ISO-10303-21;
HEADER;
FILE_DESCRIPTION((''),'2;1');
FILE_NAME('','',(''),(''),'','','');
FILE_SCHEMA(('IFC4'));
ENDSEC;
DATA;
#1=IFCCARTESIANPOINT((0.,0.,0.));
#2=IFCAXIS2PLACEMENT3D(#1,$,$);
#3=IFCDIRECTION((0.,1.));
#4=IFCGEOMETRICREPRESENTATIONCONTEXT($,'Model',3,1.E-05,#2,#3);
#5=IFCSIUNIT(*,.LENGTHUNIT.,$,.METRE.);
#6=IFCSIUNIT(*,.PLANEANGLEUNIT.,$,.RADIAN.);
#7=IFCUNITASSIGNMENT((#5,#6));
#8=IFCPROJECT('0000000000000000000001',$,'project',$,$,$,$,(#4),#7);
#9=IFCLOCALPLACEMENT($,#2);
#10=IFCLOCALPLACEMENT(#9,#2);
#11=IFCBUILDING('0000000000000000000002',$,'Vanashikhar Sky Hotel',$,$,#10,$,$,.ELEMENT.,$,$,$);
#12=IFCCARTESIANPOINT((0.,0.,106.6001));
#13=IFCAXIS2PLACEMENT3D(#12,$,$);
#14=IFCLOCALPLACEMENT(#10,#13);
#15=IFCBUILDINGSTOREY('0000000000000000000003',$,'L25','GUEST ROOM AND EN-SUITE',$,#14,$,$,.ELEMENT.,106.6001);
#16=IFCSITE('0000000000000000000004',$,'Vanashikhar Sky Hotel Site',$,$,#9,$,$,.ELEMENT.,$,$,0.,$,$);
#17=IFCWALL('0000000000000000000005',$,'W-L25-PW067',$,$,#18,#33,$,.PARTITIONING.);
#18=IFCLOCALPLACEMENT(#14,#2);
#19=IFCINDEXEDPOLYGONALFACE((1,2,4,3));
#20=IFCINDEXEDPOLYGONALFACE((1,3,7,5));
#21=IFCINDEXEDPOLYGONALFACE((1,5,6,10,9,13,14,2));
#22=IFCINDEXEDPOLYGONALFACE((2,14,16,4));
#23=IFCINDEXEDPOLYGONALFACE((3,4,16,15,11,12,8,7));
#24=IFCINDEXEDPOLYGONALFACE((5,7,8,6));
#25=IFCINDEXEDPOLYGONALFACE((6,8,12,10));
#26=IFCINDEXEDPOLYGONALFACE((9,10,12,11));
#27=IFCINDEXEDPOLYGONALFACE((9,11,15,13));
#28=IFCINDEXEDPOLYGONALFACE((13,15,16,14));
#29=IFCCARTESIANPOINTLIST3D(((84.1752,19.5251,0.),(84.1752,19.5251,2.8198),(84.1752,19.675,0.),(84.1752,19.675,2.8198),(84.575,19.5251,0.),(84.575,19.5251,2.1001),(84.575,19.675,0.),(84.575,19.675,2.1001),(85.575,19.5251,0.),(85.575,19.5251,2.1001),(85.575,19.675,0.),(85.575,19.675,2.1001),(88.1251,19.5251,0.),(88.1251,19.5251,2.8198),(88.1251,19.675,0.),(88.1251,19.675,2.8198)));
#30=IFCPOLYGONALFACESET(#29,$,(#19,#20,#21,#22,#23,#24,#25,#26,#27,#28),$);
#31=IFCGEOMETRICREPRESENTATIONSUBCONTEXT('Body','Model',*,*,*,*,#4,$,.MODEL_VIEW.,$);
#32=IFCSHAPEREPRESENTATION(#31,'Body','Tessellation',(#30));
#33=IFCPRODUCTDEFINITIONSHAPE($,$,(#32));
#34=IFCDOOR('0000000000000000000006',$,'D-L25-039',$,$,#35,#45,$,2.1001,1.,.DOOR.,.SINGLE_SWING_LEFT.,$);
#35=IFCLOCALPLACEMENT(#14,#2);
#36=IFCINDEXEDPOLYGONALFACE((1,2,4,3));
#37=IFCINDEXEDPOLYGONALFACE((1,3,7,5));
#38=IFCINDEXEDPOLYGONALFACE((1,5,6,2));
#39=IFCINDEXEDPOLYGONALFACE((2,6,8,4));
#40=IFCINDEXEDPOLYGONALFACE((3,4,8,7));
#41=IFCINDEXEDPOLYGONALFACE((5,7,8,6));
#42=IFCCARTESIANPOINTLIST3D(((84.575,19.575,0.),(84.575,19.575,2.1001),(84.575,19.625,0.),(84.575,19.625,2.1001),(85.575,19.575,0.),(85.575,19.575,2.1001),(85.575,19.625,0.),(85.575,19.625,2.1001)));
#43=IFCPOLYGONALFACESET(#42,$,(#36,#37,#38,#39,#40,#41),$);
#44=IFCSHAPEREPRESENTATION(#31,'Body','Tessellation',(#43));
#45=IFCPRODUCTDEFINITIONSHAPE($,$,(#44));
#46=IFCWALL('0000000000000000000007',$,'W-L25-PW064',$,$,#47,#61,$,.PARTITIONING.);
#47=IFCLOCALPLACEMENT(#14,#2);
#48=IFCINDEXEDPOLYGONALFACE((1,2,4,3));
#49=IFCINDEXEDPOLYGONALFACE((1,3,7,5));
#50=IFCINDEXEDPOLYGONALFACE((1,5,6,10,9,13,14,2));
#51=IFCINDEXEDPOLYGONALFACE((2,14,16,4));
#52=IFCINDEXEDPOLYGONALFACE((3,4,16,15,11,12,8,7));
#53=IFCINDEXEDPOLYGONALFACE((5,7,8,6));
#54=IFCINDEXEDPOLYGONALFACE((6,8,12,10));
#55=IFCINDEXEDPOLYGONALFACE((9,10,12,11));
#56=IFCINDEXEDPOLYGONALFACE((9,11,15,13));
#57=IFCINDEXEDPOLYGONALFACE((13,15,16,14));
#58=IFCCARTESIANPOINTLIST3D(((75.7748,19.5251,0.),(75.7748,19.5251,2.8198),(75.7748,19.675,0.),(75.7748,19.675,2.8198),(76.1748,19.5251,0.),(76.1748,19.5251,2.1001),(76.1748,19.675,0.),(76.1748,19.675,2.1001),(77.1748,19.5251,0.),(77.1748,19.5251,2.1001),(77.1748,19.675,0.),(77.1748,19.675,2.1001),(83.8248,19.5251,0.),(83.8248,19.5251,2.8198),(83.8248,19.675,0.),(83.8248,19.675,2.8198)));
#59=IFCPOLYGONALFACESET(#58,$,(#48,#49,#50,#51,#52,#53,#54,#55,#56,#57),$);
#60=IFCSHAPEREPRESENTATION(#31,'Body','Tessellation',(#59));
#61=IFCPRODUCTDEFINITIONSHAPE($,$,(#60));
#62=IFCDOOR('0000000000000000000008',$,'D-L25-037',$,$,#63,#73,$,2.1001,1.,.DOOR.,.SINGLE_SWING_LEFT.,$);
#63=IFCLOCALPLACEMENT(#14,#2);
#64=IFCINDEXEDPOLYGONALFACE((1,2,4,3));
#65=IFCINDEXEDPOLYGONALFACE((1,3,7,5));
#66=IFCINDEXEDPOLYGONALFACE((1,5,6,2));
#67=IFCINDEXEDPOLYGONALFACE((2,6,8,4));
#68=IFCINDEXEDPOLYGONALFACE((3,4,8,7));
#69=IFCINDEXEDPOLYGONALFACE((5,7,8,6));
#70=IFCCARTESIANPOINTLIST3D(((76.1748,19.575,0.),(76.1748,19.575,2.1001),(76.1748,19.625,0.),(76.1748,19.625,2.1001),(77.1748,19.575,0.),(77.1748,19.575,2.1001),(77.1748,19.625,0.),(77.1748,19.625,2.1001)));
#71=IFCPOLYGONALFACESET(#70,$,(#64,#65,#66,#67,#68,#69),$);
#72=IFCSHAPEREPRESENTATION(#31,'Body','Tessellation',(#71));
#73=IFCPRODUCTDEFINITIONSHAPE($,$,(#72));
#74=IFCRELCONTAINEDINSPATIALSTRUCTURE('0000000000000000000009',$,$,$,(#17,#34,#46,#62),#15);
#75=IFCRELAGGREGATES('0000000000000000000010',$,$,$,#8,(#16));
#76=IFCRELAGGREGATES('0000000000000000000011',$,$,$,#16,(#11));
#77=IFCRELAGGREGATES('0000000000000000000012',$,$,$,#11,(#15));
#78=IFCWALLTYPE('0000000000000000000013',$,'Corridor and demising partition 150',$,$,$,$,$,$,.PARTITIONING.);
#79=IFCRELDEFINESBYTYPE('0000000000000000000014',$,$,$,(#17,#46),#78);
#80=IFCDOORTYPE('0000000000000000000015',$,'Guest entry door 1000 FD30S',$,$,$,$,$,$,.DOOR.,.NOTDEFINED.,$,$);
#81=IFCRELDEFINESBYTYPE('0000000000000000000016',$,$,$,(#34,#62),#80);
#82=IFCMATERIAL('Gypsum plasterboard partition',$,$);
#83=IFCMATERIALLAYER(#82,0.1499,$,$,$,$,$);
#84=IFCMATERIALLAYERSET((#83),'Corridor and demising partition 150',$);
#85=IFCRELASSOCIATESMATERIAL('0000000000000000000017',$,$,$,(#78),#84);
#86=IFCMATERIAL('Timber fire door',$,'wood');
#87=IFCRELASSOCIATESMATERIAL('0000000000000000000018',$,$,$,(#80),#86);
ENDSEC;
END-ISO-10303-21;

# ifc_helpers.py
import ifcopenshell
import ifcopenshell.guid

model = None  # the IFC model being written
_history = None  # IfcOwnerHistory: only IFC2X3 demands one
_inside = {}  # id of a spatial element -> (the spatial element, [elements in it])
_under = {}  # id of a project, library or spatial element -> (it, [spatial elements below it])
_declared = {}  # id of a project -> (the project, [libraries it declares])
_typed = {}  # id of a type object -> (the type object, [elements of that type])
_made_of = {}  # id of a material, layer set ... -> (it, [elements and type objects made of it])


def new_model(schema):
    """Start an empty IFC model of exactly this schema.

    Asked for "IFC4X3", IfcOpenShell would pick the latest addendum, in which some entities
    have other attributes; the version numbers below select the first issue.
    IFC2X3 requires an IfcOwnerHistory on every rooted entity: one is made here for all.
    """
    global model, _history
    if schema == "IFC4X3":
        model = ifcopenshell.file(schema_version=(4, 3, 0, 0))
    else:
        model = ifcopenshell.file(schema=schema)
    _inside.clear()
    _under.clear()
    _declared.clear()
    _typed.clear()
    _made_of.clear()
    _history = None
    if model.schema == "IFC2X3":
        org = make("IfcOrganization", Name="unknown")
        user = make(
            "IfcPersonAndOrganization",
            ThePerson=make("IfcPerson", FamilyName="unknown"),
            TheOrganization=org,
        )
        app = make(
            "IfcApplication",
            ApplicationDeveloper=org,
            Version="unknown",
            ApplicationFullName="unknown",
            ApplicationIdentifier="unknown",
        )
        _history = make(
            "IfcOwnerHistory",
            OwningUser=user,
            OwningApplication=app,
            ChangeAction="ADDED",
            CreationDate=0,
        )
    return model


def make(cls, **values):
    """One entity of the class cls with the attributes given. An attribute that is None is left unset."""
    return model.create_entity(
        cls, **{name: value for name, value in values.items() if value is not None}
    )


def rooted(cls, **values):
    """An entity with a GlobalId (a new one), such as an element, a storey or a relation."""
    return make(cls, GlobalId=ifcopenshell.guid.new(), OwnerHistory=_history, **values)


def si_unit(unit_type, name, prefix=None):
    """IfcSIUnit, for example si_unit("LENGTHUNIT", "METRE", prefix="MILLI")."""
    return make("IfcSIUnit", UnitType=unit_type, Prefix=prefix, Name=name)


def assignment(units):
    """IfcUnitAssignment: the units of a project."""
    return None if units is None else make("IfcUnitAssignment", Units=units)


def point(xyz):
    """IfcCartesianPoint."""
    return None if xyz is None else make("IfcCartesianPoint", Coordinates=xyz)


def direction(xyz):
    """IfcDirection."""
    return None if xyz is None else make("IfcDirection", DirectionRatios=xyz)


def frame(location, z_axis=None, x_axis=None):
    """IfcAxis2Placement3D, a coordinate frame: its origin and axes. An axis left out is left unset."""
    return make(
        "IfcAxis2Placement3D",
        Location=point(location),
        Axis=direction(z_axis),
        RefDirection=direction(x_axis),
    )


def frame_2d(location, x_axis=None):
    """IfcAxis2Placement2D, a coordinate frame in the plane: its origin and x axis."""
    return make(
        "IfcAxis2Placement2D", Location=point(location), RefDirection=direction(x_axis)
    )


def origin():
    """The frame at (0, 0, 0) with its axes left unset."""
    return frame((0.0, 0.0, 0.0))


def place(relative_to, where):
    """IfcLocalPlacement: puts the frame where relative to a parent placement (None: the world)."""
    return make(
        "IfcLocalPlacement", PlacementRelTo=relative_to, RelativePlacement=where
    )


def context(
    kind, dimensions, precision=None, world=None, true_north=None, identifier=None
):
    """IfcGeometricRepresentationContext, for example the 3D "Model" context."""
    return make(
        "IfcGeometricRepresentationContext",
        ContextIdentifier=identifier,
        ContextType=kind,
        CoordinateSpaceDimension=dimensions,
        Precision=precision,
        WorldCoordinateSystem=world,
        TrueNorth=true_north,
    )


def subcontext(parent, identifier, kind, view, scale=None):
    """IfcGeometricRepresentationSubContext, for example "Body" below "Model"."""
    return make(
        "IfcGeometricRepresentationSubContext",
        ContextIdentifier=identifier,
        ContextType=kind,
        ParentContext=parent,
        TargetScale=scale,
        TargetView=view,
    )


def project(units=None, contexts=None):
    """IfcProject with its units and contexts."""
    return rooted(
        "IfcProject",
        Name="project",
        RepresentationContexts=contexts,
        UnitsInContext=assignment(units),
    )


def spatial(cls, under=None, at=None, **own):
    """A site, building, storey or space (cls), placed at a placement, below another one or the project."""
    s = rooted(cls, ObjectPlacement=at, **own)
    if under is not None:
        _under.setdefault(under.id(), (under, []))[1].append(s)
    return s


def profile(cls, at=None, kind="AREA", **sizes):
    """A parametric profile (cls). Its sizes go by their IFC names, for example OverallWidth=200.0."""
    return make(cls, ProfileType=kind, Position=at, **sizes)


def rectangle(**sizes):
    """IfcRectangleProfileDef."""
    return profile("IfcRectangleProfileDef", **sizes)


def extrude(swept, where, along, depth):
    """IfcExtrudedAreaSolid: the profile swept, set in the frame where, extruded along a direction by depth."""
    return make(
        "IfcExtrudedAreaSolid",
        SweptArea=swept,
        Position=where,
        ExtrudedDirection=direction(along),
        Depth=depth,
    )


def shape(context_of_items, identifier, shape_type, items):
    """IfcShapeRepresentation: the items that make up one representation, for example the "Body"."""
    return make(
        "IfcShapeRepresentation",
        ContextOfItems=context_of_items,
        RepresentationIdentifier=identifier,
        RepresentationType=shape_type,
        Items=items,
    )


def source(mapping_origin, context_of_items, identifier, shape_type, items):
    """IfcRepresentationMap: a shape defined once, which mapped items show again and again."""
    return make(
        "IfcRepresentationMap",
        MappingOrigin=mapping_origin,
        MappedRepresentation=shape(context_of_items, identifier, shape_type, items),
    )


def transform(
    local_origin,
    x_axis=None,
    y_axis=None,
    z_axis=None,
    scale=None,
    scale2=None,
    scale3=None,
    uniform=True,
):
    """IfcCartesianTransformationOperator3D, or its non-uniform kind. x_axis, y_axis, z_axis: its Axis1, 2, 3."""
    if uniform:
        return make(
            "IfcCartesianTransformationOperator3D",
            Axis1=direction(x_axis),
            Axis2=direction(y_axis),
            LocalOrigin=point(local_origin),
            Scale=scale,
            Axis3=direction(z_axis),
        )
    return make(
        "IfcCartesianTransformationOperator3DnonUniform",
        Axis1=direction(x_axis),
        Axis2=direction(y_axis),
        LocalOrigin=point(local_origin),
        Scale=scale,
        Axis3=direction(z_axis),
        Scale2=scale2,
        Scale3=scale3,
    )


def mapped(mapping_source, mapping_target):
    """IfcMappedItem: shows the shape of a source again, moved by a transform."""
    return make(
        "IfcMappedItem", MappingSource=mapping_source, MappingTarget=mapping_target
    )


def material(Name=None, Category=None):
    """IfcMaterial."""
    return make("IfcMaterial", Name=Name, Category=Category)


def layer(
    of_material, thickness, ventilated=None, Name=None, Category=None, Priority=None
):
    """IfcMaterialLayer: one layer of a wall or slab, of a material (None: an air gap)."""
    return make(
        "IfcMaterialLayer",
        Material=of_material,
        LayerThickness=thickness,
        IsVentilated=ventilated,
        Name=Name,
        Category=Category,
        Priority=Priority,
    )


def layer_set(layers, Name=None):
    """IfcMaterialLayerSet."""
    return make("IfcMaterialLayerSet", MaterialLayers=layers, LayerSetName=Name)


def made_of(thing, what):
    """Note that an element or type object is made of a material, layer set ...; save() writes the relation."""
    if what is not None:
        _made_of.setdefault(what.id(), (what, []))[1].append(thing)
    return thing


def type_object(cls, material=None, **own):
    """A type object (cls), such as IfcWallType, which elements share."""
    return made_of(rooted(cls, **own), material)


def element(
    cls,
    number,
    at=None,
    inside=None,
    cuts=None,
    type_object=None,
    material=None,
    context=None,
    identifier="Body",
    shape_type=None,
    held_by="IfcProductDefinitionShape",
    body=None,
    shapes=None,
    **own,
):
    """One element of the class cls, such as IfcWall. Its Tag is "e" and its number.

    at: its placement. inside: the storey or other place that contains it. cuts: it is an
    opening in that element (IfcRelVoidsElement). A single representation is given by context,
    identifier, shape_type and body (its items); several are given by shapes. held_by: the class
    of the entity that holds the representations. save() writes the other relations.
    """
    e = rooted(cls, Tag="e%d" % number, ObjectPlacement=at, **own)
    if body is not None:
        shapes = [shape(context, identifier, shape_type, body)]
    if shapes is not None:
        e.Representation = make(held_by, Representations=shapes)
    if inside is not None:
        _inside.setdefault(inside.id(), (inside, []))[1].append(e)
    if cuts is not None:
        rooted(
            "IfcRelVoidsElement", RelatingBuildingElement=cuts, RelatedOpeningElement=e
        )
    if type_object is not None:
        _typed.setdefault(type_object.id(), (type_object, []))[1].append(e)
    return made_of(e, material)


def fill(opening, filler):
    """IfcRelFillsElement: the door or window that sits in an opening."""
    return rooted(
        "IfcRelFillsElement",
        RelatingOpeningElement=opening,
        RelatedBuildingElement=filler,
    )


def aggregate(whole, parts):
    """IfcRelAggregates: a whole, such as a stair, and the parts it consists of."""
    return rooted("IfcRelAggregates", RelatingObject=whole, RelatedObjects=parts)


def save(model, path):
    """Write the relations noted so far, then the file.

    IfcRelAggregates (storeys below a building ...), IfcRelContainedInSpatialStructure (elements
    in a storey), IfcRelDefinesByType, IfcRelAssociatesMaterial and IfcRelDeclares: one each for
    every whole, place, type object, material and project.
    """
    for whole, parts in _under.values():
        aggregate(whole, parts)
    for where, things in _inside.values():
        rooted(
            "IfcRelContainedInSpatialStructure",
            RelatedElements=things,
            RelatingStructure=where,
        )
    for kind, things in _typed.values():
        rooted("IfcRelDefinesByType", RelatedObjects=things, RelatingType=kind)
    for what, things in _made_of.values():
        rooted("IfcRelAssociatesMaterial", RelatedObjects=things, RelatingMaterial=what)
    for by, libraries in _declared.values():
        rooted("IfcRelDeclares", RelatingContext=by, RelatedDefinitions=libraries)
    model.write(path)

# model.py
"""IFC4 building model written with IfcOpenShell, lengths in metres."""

from ifc_helpers import new_model, si_unit, direction, frame, frame_2d, origin, place, context, subcontext, project, spatial, rectangle, extrude, source, transform, mapped, material, layer, layer_set, type_object, element, fill, save


model = new_model("IFC4")

# Units and contexts
model_context = context("Model", 3, precision=1e-05, world=origin(), true_north=direction((0.0, 1.0)))
body_context = subcontext(model_context, "Body", "Model", "MODEL_VIEW")
ifc_project = project(units=[si_unit("LENGTHUNIT", "METRE"), si_unit("PLANEANGLEUNIT", "RADIAN")], contexts=[model_context])

# Site, building, storey
site_placement = place(None, origin())
site = spatial("IfcSite", under=ifc_project, at=site_placement, Name="Vanashikhar Sky Hotel Site", CompositionType="ELEMENT", RefElevation=0.0)
building_placement = place(site_placement, origin())
building = spatial("IfcBuilding", under=site, at=building_placement, Name="Vanashikhar Sky Hotel", CompositionType="ELEMENT")
storey_placement = place(building_placement, frame((0.0, 0.0, 106.6001)))
storey = spatial("IfcBuildingStorey", under=building, at=storey_placement, Name="L25", Description="GUEST ROOM AND EN-SUITE", CompositionType="ELEMENT", Elevation=106.6001)

# Shared definitions
ifc_material_1 = material(Name="Gypsum plasterboard partition")

# Walls, openings, doors
ifc_layer_1 = layer(ifc_material_1, 0.1499)
ifc_layer_set_1 = layer_set([ifc_layer_1], Name="Corridor and demising partition 150")
wall_type_1 = type_object("IfcWallType", Name="Corridor and demising partition 150", PredefinedType="PARTITIONING", material=ifc_layer_set_1)
shared_shape_1 = source(origin(), body_context, "Body", "SweptSolid", [
    extrude(rectangle(XDim=3.95, YDim=0.1499, at=frame_2d((1.9751, 0.0))), origin(), (0.0, 0.0, 1.0), 2.8198),
])
wall_1_placement = place(storey_placement, frame((84.175, 19.6001, 0.0), z_axis=(0.0, 0.0, 1.0), x_axis=(1.0, 0.0, 0.0)))
wall_1 = element("IfcWall", 1, at=wall_1_placement, inside=storey, type_object=wall_type_1, Name="W-L25-PW067", PredefinedType="PARTITIONING", context=body_context, shape_type="MappedRepresentation", body=[
    mapped(shared_shape_1, transform((0.0, 0.0, 0.0), scale=1.0)),
])
shared_shape_2 = source(origin(), body_context, "Body", "SweptSolid", [
    extrude(rectangle(XDim=1.0, YDim=2.1001, at=frame_2d((0.5, 1.05))), frame((0.0, 0.085, 0.0), z_axis=(0.0, -1.0, 0.0), x_axis=(1.0, 0.0, 0.0)), (0.0, 0.0, 1.0), 0.1699),
])
opening_1_placement = place(wall_1_placement, frame((0.3999, 0.0, 0.0)))
opening_1 = element("IfcOpeningElement", 2, at=opening_1_placement, cuts=wall_1, PredefinedType="OPENING", context=body_context, shape_type="MappedRepresentation", body=[
    mapped(shared_shape_2, transform((0.0, 0.0, 0.0), scale=1.0)),
])
ifc_material_2 = material(Name="Timber fire door", Category="wood")
door_type_1 = type_object("IfcDoorType", Name="Guest entry door 1000 FD30S", OperationType="NOTDEFINED", PredefinedType="DOOR", material=ifc_material_2)
shared_shape_3 = source(origin(), body_context, "Body", "SweptSolid", [
    extrude(rectangle(XDim=1.0, YDim=2.1001, at=frame_2d((0.5, 1.05))), frame((0.0, 0.0249, 0.0), z_axis=(0.0, -1.0, 0.0), x_axis=(1.0, 0.0, 0.0)), (0.0, 0.0, 1.0), 0.05),
])
door_1_placement = place(opening_1_placement, origin())
door_1 = element("IfcDoor", 3, at=door_1_placement, inside=storey, type_object=door_type_1, Name="D-L25-039", OperationType="SINGLE_SWING_LEFT", OverallHeight=2.1001, OverallWidth=1.0, PredefinedType="DOOR", context=body_context, shape_type="MappedRepresentation", body=[
    mapped(shared_shape_3, transform((0.0, 0.0, 0.0), scale=1.0)),
])
fill(opening_1, door_1)
shared_shape_4 = source(origin(), body_context, "Body", "SweptSolid", [
    extrude(rectangle(XDim=8.05, YDim=0.1499, at=frame_2d((4.0249, 0.0))), origin(), (0.0, 0.0, 1.0), 2.8198),
])
wall_2_placement = place(storey_placement, frame((75.7749, 19.6001, 0.0), z_axis=(0.0, 0.0, 1.0), x_axis=(1.0, 0.0, 0.0)))
wall_2 = element("IfcWall", 4, at=wall_2_placement, inside=storey, type_object=wall_type_1, Name="W-L25-PW064", PredefinedType="PARTITIONING", context=body_context, shape_type="MappedRepresentation", body=[
    mapped(shared_shape_4, transform((0.0, 0.0, 0.0), scale=1.0)),
])
opening_2_placement = place(wall_2_placement, frame((0.3999, 0.0, 0.0)))
opening_2 = element("IfcOpeningElement", 5, at=opening_2_placement, cuts=wall_2, PredefinedType="OPENING", context=body_context, shape_type="MappedRepresentation", body=[
    mapped(shared_shape_2, transform((0.0, 0.0, 0.0), scale=1.0)),
])
door_2_placement = place(opening_2_placement, origin())
door_2 = element("IfcDoor", 6, at=door_2_placement, inside=storey, type_object=door_type_1, Name="D-L25-037", OperationType="SINGLE_SWING_LEFT", OverallHeight=2.1001, OverallWidth=1.0, PredefinedType="DOOR", context=body_context, shape_type="MappedRepresentation", body=[
    mapped(shared_shape_3, transform((0.0, 0.0, 0.0), scale=1.0)),
])
fill(opening_2, door_2)

save(model, "model.ifc")
